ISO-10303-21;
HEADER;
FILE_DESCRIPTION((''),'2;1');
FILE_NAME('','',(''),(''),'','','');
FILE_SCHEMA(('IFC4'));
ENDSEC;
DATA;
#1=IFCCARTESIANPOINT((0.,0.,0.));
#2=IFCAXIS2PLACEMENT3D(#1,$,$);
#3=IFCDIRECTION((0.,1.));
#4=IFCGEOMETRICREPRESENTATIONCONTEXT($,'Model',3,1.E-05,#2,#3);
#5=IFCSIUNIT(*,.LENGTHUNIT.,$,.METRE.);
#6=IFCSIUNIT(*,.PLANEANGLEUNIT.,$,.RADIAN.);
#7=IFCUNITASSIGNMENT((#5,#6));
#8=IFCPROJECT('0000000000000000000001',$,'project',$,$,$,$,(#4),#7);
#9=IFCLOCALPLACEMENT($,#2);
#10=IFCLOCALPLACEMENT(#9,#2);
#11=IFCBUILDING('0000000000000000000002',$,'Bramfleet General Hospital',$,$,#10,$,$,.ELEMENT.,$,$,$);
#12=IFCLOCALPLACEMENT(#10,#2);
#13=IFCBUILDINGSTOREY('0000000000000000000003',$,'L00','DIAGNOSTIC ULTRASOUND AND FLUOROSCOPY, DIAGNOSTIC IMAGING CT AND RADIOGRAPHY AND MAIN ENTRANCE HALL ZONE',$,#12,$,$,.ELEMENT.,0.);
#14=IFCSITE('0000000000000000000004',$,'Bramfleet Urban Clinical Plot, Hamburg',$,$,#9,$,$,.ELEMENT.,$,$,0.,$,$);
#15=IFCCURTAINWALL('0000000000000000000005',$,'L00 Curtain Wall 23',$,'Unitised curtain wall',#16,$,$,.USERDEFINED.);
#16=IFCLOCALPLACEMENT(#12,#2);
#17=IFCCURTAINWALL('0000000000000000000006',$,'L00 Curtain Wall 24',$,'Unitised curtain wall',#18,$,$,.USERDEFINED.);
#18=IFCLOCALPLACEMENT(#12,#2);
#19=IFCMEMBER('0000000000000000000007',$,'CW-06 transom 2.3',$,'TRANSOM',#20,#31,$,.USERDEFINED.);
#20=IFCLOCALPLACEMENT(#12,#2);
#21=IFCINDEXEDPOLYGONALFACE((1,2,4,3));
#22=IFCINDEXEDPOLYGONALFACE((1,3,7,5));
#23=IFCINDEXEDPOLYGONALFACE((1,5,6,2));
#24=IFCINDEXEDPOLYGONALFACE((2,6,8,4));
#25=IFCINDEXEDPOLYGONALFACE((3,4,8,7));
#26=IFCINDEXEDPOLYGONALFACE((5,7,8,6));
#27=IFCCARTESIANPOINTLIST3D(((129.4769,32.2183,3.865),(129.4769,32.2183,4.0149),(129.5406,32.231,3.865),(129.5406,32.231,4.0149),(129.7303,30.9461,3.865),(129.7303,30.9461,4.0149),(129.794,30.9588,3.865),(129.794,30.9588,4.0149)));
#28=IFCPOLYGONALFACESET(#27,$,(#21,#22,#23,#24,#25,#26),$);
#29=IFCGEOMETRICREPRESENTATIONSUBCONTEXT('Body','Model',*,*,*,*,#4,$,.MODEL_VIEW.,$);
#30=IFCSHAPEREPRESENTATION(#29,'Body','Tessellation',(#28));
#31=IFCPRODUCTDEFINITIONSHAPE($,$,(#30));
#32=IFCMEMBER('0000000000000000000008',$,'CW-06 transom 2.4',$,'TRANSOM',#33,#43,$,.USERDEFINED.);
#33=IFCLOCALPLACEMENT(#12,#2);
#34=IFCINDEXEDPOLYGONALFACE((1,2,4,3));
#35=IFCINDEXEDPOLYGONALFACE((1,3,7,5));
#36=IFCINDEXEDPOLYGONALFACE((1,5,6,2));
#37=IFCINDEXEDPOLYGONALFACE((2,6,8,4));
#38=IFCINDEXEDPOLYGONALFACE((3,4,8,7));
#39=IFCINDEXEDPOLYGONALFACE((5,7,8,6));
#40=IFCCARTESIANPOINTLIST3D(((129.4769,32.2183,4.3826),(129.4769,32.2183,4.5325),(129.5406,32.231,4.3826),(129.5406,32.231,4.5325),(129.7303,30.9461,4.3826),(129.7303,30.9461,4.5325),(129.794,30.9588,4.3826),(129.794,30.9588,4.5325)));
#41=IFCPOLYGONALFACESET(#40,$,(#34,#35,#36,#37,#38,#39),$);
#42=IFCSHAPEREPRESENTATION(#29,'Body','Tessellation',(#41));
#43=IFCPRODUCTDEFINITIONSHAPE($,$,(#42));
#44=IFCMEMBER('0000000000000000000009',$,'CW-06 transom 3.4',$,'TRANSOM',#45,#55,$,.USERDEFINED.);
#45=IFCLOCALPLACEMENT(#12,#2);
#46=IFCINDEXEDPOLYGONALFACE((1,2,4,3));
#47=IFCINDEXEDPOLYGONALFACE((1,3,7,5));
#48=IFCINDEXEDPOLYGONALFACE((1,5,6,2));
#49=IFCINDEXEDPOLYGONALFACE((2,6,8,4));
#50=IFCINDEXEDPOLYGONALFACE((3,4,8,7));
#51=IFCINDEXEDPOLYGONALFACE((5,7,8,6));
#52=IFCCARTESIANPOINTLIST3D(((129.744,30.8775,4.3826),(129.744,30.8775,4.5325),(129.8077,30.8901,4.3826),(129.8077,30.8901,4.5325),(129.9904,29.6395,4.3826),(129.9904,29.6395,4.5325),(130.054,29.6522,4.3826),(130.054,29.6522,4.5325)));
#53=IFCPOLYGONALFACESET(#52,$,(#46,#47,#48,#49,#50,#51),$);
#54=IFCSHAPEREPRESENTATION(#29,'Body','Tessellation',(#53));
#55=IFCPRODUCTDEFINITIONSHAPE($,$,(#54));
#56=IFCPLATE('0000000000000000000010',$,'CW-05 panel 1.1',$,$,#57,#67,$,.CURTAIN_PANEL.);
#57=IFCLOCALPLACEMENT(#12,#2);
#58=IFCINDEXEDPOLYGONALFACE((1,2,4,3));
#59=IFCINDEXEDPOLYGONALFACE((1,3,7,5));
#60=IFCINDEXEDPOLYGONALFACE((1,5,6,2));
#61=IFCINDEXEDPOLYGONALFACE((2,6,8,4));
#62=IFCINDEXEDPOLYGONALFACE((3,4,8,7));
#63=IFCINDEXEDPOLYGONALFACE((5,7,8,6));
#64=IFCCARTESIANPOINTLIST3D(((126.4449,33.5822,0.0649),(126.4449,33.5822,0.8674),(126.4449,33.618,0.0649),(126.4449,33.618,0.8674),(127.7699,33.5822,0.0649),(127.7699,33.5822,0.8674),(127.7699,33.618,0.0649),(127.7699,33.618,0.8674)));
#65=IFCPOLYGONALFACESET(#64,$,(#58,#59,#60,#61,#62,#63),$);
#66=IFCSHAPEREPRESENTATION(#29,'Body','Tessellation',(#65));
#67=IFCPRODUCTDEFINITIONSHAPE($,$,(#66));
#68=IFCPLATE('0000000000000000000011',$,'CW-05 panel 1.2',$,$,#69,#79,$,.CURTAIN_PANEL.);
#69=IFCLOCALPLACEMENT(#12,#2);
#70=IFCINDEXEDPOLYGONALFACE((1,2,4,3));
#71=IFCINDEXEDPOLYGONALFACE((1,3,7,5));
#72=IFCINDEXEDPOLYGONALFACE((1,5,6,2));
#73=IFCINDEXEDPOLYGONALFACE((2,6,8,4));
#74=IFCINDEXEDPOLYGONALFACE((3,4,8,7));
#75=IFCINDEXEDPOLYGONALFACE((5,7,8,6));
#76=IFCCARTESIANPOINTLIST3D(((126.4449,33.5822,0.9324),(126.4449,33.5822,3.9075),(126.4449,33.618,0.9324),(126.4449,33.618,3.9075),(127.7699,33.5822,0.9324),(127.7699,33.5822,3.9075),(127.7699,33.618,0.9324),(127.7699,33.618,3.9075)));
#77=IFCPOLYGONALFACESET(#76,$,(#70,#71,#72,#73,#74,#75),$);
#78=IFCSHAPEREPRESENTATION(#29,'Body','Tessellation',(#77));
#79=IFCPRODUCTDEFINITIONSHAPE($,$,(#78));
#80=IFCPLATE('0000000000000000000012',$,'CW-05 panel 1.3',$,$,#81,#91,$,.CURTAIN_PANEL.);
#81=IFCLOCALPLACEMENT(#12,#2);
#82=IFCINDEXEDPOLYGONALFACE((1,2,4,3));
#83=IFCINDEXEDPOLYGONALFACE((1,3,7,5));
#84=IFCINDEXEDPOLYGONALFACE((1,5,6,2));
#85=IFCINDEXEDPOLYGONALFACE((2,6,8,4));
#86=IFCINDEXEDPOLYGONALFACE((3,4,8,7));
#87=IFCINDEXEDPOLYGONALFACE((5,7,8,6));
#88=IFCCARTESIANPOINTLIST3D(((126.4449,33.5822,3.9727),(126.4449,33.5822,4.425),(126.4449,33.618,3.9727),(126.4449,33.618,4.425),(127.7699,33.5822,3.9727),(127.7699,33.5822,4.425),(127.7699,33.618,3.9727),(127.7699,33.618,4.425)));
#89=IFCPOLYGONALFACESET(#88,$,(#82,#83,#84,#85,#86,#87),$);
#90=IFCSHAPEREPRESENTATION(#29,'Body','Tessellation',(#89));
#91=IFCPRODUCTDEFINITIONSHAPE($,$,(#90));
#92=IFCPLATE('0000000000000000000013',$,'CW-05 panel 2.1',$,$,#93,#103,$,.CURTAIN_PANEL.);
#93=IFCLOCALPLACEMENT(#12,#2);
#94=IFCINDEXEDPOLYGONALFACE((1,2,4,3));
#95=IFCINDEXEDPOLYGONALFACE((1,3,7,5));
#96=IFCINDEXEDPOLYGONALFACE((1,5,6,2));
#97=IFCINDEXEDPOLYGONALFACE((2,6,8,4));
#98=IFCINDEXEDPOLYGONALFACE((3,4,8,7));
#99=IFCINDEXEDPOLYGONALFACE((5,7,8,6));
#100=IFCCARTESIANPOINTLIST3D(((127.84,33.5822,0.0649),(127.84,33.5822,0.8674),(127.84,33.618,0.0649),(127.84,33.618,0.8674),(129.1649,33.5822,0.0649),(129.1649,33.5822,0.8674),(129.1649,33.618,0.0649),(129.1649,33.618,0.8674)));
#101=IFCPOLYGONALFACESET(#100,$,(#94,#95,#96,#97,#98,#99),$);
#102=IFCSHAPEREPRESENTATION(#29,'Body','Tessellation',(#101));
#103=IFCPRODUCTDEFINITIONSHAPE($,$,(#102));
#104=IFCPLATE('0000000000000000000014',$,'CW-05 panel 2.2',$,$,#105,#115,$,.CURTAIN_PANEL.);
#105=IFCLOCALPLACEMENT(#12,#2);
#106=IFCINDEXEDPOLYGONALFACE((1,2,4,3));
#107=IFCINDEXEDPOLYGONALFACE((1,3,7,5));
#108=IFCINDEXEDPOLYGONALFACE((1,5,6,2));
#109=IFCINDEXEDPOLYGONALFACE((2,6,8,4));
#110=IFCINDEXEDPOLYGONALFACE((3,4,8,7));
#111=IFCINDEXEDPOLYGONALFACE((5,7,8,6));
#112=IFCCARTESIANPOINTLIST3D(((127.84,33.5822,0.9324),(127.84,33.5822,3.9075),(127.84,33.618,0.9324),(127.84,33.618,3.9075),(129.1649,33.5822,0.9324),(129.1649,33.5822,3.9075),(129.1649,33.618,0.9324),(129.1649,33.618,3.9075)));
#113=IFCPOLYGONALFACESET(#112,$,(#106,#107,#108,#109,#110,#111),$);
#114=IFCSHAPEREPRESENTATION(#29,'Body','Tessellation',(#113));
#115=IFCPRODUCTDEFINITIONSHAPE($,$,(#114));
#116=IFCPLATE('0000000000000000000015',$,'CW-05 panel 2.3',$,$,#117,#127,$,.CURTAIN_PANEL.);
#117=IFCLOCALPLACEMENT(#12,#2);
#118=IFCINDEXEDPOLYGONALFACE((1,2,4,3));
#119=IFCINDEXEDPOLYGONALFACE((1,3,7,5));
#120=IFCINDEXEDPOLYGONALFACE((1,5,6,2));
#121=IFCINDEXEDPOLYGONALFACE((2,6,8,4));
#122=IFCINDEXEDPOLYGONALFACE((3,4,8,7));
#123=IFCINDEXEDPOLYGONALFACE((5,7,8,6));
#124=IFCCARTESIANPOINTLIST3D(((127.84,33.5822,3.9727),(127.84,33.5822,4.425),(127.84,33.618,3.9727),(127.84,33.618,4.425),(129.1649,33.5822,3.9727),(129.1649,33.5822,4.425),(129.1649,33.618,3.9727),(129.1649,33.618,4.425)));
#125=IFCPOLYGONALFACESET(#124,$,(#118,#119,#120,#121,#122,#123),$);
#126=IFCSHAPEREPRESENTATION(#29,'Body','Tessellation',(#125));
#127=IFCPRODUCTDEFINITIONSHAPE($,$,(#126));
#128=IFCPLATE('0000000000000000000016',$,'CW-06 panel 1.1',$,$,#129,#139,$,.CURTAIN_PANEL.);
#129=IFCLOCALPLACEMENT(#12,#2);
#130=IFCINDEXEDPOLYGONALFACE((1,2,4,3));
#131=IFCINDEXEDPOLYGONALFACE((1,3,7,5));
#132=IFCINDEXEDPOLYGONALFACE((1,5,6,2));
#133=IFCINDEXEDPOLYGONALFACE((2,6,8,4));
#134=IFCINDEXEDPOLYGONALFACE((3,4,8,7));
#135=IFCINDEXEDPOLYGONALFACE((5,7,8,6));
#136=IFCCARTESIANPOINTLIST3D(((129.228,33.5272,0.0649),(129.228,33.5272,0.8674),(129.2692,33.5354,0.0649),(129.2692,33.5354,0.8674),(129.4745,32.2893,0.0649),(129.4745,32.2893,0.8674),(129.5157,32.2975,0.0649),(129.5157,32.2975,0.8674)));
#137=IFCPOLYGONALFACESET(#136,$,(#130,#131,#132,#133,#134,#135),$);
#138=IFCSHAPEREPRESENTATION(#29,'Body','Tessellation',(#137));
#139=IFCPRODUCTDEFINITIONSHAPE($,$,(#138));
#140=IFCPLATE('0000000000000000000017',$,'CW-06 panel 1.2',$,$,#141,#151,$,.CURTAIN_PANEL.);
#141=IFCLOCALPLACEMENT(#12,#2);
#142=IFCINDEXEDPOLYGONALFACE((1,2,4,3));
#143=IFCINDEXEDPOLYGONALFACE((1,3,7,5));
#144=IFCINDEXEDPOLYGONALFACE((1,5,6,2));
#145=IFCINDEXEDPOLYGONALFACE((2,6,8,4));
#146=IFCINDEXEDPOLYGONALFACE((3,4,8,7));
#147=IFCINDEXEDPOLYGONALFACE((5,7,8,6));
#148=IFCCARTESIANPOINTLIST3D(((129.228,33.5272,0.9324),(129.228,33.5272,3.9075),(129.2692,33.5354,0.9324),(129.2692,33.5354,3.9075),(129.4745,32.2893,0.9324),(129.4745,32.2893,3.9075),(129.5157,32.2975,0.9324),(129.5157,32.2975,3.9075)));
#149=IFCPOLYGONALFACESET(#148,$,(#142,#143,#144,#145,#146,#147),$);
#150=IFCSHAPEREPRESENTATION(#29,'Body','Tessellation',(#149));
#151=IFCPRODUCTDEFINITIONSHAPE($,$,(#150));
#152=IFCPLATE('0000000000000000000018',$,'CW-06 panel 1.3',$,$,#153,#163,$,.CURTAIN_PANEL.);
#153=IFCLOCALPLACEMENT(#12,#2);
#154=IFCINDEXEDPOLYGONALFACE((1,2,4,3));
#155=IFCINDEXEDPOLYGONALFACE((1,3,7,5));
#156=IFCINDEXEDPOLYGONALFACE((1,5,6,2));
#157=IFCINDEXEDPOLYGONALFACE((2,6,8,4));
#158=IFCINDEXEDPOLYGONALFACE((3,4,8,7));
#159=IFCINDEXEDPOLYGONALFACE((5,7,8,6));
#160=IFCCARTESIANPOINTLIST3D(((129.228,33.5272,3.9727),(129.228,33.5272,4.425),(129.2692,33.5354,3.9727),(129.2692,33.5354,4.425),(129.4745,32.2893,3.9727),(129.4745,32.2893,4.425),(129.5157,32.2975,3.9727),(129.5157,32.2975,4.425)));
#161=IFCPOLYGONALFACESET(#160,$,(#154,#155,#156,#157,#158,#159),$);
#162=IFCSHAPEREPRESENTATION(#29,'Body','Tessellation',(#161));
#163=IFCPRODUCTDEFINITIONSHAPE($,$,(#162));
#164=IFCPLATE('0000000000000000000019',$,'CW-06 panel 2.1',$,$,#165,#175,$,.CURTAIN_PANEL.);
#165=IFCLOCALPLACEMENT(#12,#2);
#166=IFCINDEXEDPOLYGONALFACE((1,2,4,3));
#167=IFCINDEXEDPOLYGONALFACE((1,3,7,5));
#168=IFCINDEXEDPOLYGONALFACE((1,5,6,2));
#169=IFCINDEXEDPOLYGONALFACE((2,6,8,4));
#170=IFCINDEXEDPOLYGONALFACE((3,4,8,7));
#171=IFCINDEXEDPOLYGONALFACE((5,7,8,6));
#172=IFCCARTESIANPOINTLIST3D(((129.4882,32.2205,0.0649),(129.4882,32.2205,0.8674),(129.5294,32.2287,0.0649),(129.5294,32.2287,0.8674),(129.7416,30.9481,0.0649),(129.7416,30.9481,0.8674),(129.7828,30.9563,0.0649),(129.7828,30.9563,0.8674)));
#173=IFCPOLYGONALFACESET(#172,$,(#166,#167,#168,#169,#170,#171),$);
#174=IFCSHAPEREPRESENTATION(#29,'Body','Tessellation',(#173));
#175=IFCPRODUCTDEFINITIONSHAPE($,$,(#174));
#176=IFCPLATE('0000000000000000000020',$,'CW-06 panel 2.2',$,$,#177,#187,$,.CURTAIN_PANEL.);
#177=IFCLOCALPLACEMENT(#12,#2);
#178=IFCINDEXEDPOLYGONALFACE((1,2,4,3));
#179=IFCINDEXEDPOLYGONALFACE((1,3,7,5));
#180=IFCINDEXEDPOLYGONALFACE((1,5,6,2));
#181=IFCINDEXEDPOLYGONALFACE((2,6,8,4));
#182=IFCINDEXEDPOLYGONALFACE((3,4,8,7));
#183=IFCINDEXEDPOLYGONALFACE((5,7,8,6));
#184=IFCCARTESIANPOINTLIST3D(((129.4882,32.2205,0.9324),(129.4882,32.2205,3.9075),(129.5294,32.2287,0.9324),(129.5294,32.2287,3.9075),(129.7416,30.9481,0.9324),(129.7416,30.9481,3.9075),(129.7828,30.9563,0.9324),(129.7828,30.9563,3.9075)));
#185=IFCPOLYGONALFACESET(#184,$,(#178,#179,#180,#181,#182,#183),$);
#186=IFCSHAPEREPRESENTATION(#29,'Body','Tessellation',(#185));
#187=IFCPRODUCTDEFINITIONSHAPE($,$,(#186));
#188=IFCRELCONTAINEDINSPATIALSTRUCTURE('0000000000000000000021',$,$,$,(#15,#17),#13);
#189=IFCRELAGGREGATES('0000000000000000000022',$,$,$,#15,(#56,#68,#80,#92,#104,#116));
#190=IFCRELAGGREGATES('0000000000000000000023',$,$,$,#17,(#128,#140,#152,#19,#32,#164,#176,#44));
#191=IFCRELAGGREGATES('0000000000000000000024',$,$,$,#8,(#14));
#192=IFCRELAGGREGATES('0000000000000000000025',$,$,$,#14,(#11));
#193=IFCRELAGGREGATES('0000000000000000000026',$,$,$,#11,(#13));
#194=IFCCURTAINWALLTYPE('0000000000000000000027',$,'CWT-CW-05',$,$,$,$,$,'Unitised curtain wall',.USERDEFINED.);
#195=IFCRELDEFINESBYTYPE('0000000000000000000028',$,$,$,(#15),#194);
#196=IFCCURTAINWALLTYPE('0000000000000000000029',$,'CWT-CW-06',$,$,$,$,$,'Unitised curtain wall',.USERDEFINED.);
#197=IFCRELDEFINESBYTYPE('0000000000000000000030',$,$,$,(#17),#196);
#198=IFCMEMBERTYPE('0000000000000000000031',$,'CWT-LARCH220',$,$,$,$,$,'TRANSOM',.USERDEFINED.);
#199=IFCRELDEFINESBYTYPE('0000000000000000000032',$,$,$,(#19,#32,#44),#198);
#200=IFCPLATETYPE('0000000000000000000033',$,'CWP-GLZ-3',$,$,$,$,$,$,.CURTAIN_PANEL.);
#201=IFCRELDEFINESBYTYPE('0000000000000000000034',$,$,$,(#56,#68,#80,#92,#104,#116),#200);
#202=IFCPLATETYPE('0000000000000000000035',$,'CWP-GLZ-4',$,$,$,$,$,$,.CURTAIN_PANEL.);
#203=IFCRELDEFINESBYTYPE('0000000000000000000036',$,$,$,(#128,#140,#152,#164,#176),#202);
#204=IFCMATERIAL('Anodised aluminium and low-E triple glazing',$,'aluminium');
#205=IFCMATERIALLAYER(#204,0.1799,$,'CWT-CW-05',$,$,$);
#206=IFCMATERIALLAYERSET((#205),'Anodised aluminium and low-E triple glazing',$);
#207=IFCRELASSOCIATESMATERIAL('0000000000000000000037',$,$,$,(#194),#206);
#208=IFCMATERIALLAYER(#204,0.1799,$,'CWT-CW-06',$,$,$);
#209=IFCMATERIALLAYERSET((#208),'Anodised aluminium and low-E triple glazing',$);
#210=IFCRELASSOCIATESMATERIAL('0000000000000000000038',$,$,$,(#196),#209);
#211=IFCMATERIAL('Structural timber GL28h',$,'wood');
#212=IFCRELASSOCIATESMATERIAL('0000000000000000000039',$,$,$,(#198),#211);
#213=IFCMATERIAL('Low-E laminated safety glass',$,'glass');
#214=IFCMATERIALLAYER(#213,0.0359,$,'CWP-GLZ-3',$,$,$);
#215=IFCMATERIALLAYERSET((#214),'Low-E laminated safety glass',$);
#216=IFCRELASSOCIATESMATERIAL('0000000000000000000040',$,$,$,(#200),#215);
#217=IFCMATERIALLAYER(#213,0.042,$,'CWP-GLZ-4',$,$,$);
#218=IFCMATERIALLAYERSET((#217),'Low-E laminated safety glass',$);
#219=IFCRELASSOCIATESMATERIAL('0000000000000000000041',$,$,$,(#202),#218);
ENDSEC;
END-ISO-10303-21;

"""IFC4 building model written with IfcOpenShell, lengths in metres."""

from ifc_helpers import new_model, si_unit, direction, frame, origin, origin_2d, place, context, subcontext, project, spatial, rectangle, extrude, material, layer, layer_set, material_profile, profile_set, type_object, element, aggregate, save


model = new_model("IFC4")

# Units and contexts
model_context = context("Model", 3, precision=1e-05, world=origin(), true_north=direction((0.0, 1.0)))
body_context = subcontext(model_context, "Body", "Model", "MODEL_VIEW")
ifc_project = project(units=[si_unit("LENGTHUNIT", "METRE"), si_unit("PLANEANGLEUNIT", "RADIAN")], contexts=[model_context])

# Site, building, storey
site_placement = place(None, origin())
site = spatial("IfcSite", under=ifc_project, at=site_placement, Name="Bramfleet Urban Clinical Plot, Hamburg", CompositionType="ELEMENT", RefElevation=0.0)
building_placement = place(site_placement, origin())
building = spatial("IfcBuilding", under=site, at=building_placement, Name="Bramfleet General Hospital", CompositionType="ELEMENT")
storey_placement = place(building_placement, origin())
storey = spatial("IfcBuildingStorey", under=building, at=storey_placement, Name="L00", Description="DIAGNOSTIC ULTRASOUND AND FLUOROSCOPY, DIAGNOSTIC IMAGING CT AND RADIOGRAPHY AND MAIN ENTRANCE HALL ZONE", CompositionType="ELEMENT", Elevation=0.0)

# Curtain walls
ifc_material_1 = material(Name="Anodised aluminium and low-E triple glazing", Category="aluminium")
ifc_layer_1 = layer(ifc_material_1, 0.1799, Name="CWT-CW-05")
ifc_layer_set_1 = layer_set([ifc_layer_1], Name="Anodised aluminium and low-E triple glazing")
curtain_wall_type_1 = type_object("IfcCurtainWallType", Name="CWT-CW-05", ElementType="Unitised curtain wall", PredefinedType="USERDEFINED", material=ifc_layer_set_1)
curtain_wall_1_placement = place(storey_placement, origin())
curtain_wall_1 = element("IfcCurtainWall", 1, at=curtain_wall_1_placement, inside=storey, type_object=curtain_wall_type_1, Name="L00 Curtain Wall 23", ObjectType="Unitised curtain wall", PredefinedType="USERDEFINED")
ifc_material_2 = material(Name="Structural timber GL28h", Category="wood")
ifc_layer_2 = layer(ifc_material_1, 0.1799, Name="CWT-CW-06")
ifc_layer_set_2 = layer_set([ifc_layer_2], Name="Anodised aluminium and low-E triple glazing")
curtain_wall_type_2 = type_object("IfcCurtainWallType", Name="CWT-CW-06", ElementType="Unitised curtain wall", PredefinedType="USERDEFINED", material=ifc_layer_set_2)
curtain_wall_2_placement = place(storey_placement, origin())
curtain_wall_2 = element("IfcCurtainWall", 2, at=curtain_wall_2_placement, inside=storey, type_object=curtain_wall_type_2, Name="L00 Curtain Wall 24", ObjectType="Unitised curtain wall", PredefinedType="USERDEFINED")

# Members
ifc_material_profile_1 = material_profile(ifc_material_2, rectangle(XDim=0.0649, YDim=0.1499, at=origin_2d()), Name="LARCH 150x65")
ifc_profile_set_1 = profile_set([ifc_material_profile_1], Name="Structural timber GL28h")
member_type_1 = type_object("IfcMemberType", Name="CWT-LARCH220", ElementType="TRANSOM", PredefinedType="USERDEFINED", material=ifc_profile_set_1)
member_1_placement = place(storey_placement, frame((129.5088, 32.2246, 3.9399), z_axis=(0.195356, -0.980732, 0.0), x_axis=(0.980732, 0.195356, 0.0)))
member_1 = element("IfcMember", 3, at=member_1_placement, type_object=member_type_1, Name="CW-06 transom 2.3", ObjectType="TRANSOM", PredefinedType="USERDEFINED", context=body_context, shape_type="SweptSolid", body=[
    extrude(rectangle(XDim=0.0649, YDim=0.1499, at=origin_2d()), origin(), (0.0, 0.0, 1.0), 1.2971),
])
member_2_placement = place(storey_placement, frame((129.5088, 32.2246, 4.4575), z_axis=(0.195356, -0.980732, 0.0), x_axis=(0.980732, 0.195356, 0.0)))
member_2 = element("IfcMember", 4, at=member_2_placement, type_object=member_type_1, Name="CW-06 transom 2.4", ObjectType="TRANSOM", PredefinedType="USERDEFINED", context=body_context, shape_type="SweptSolid", body=[
    extrude(rectangle(XDim=0.0649, YDim=0.1499, at=origin_2d()), origin(), (0.0, 0.0, 1.0), 1.2971),
])
member_3_placement = place(storey_placement, frame((129.7759, 30.8838, 4.4575), z_axis=(0.195149, -0.980774, 0.0), x_axis=(0.980774, 0.195149, 0.0)))
member_3 = element("IfcMember", 5, at=member_3_placement, type_object=member_type_1, Name="CW-06 transom 3.4", ObjectType="TRANSOM", PredefinedType="USERDEFINED", context=body_context, shape_type="SweptSolid", body=[
    extrude(rectangle(XDim=0.0649, YDim=0.1499, at=origin_2d()), origin(), (0.0, 0.0, 1.0), 1.2622),
])

# Plates
ifc_material_3 = material(Name="Low-E laminated safety glass", Category="glass")
ifc_layer_3 = layer(ifc_material_3, 0.0359, Name="CWP-GLZ-3")
ifc_layer_set_3 = layer_set([ifc_layer_3], Name="Low-E laminated safety glass")
plate_type_1 = type_object("IfcPlateType", Name="CWP-GLZ-3", PredefinedType="CURTAIN_PANEL", material=ifc_layer_set_3)
plate_1_placement = place(storey_placement, frame((127.1074, 33.6001, 0.0649), z_axis=(0.0, 0.0, 1.0), x_axis=(1.0, 0.0, 0.0)))
plate_1 = element("IfcPlate", 6, at=plate_1_placement, type_object=plate_type_1, Name="CW-05 panel 1.1", PredefinedType="CURTAIN_PANEL", context=body_context, shape_type="SweptSolid", body=[
    extrude(rectangle(XDim=1.325, YDim=0.0359, at=origin_2d()), origin(), (0.0, 0.0, 1.0), 0.8025),
])
plate_2_placement = place(storey_placement, frame((127.1074, 33.6001, 0.9324), z_axis=(0.0, 0.0, 1.0), x_axis=(1.0, 0.0, 0.0)))
plate_2 = element("IfcPlate", 7, at=plate_2_placement, type_object=plate_type_1, Name="CW-05 panel 1.2", PredefinedType="CURTAIN_PANEL", context=body_context, shape_type="SweptSolid", body=[
    extrude(rectangle(XDim=1.325, YDim=0.0359, at=origin_2d()), origin(), (0.0, 0.0, 1.0), 2.9751),
])
plate_3_placement = place(storey_placement, frame((127.1074, 33.6001, 3.9727), z_axis=(0.0, 0.0, 1.0), x_axis=(1.0, 0.0, 0.0)))
plate_3 = element("IfcPlate", 8, at=plate_3_placement, type_object=plate_type_1, Name="CW-05 panel 1.3", PredefinedType="CURTAIN_PANEL", context=body_context, shape_type="SweptSolid", body=[
    extrude(rectangle(XDim=1.325, YDim=0.0359, at=origin_2d()), origin(), (0.0, 0.0, 1.0), 0.4524),
])
plate_4_placement = place(storey_placement, frame((128.5024, 33.6001, 0.0649), z_axis=(0.0, 0.0, 1.0), x_axis=(1.0, 0.0, 0.0)))
plate_4 = element("IfcPlate", 9, at=plate_4_placement, type_object=plate_type_1, Name="CW-05 panel 2.1", PredefinedType="CURTAIN_PANEL", context=body_context, shape_type="SweptSolid", body=[
    extrude(rectangle(XDim=1.325, YDim=0.0359, at=origin_2d()), origin(), (0.0, 0.0, 1.0), 0.8025),
])
plate_5_placement = place(storey_placement, frame((128.5024, 33.6001, 0.9324), z_axis=(0.0, 0.0, 1.0), x_axis=(1.0, 0.0, 0.0)))
plate_5 = element("IfcPlate", 10, at=plate_5_placement, type_object=plate_type_1, Name="CW-05 panel 2.2", PredefinedType="CURTAIN_PANEL", context=body_context, shape_type="SweptSolid", body=[
    extrude(rectangle(XDim=1.325, YDim=0.0359, at=origin_2d()), origin(), (0.0, 0.0, 1.0), 2.9751),
])
plate_6_placement = place(storey_placement, frame((128.5024, 33.6001, 3.9727), z_axis=(0.0, 0.0, 1.0), x_axis=(1.0, 0.0, 0.0)))
plate_6 = element("IfcPlate", 11, at=plate_6_placement, type_object=plate_type_1, Name="CW-05 panel 2.3", PredefinedType="CURTAIN_PANEL", context=body_context, shape_type="SweptSolid", body=[
    extrude(rectangle(XDim=1.325, YDim=0.0359, at=origin_2d()), origin(), (0.0, 0.0, 1.0), 0.4524),
])
aggregate(curtain_wall_1, [plate_1, plate_2, plate_3, plate_4, plate_5, plate_6])
ifc_layer_4 = layer(ifc_material_3, 0.042, Name="CWP-GLZ-4")
ifc_layer_set_4 = layer_set([ifc_layer_4], Name="Low-E laminated safety glass")
plate_type_2 = type_object("IfcPlateType", Name="CWP-GLZ-4", PredefinedType="CURTAIN_PANEL", material=ifc_layer_set_4)
plate_7_placement = place(storey_placement, frame((129.3718, 32.9124, 0.0649), z_axis=(0.0, 0.0, 1.0), x_axis=(0.195272, -0.980749, 0.0)))
plate_7 = element("IfcPlate", 12, at=plate_7_placement, type_object=plate_type_2, Name="CW-06 panel 1.1", PredefinedType="CURTAIN_PANEL", context=body_context, shape_type="SweptSolid", body=[
    extrude(rectangle(XDim=1.2622, YDim=0.042, at=origin_2d()), origin(), (0.0, 0.0, 1.0), 0.8025),
])
plate_8_placement = place(storey_placement, frame((129.3718, 32.9124, 0.9324), z_axis=(0.0, 0.0, 1.0), x_axis=(0.195272, -0.980749, 0.0)))
plate_8 = element("IfcPlate", 13, at=plate_8_placement, type_object=plate_type_2, Name="CW-06 panel 1.2", PredefinedType="CURTAIN_PANEL", context=body_context, shape_type="SweptSolid", body=[
    extrude(rectangle(XDim=1.2622, YDim=0.042, at=origin_2d()), origin(), (0.0, 0.0, 1.0), 2.9751),
])
plate_9_placement = place(storey_placement, frame((129.3718, 32.9124, 3.9727), z_axis=(0.0, 0.0, 1.0), x_axis=(0.195272, -0.980749, 0.0)))
plate_9 = element("IfcPlate", 14, at=plate_9_placement, type_object=plate_type_2, Name="CW-06 panel 1.3", PredefinedType="CURTAIN_PANEL", context=body_context, shape_type="SweptSolid", body=[
    extrude(rectangle(XDim=1.2622, YDim=0.042, at=origin_2d()), origin(), (0.0, 0.0, 1.0), 0.4524),
])
plate_10_placement = place(storey_placement, frame((129.6355, 31.5884, 0.0649), z_axis=(0.0, 0.0, 1.0), x_axis=(0.195272, -0.980749, 0.0)))
plate_10 = element("IfcPlate", 15, at=plate_10_placement, type_object=plate_type_2, Name="CW-06 panel 2.1", PredefinedType="CURTAIN_PANEL", context=body_context, shape_type="SweptSolid", body=[
    extrude(rectangle(XDim=1.2974, YDim=0.042, at=origin_2d()), origin(), (0.0, 0.0, 1.0), 0.8025),
])
plate_11_placement = place(storey_placement, frame((129.6355, 31.5884, 0.9324), z_axis=(0.0, 0.0, 1.0), x_axis=(0.195272, -0.980749, 0.0)))
plate_11 = element("IfcPlate", 16, at=plate_11_placement, type_object=plate_type_2, Name="CW-06 panel 2.2", PredefinedType="CURTAIN_PANEL", context=body_context, shape_type="SweptSolid", body=[
    extrude(rectangle(XDim=1.2974, YDim=0.042, at=origin_2d()), origin(), (0.0, 0.0, 1.0), 2.9751),
])
aggregate(curtain_wall_2, [plate_7, plate_8, plate_9, member_1, member_2, plate_10, plate_11, member_3])

save(model, "model.ifc")
